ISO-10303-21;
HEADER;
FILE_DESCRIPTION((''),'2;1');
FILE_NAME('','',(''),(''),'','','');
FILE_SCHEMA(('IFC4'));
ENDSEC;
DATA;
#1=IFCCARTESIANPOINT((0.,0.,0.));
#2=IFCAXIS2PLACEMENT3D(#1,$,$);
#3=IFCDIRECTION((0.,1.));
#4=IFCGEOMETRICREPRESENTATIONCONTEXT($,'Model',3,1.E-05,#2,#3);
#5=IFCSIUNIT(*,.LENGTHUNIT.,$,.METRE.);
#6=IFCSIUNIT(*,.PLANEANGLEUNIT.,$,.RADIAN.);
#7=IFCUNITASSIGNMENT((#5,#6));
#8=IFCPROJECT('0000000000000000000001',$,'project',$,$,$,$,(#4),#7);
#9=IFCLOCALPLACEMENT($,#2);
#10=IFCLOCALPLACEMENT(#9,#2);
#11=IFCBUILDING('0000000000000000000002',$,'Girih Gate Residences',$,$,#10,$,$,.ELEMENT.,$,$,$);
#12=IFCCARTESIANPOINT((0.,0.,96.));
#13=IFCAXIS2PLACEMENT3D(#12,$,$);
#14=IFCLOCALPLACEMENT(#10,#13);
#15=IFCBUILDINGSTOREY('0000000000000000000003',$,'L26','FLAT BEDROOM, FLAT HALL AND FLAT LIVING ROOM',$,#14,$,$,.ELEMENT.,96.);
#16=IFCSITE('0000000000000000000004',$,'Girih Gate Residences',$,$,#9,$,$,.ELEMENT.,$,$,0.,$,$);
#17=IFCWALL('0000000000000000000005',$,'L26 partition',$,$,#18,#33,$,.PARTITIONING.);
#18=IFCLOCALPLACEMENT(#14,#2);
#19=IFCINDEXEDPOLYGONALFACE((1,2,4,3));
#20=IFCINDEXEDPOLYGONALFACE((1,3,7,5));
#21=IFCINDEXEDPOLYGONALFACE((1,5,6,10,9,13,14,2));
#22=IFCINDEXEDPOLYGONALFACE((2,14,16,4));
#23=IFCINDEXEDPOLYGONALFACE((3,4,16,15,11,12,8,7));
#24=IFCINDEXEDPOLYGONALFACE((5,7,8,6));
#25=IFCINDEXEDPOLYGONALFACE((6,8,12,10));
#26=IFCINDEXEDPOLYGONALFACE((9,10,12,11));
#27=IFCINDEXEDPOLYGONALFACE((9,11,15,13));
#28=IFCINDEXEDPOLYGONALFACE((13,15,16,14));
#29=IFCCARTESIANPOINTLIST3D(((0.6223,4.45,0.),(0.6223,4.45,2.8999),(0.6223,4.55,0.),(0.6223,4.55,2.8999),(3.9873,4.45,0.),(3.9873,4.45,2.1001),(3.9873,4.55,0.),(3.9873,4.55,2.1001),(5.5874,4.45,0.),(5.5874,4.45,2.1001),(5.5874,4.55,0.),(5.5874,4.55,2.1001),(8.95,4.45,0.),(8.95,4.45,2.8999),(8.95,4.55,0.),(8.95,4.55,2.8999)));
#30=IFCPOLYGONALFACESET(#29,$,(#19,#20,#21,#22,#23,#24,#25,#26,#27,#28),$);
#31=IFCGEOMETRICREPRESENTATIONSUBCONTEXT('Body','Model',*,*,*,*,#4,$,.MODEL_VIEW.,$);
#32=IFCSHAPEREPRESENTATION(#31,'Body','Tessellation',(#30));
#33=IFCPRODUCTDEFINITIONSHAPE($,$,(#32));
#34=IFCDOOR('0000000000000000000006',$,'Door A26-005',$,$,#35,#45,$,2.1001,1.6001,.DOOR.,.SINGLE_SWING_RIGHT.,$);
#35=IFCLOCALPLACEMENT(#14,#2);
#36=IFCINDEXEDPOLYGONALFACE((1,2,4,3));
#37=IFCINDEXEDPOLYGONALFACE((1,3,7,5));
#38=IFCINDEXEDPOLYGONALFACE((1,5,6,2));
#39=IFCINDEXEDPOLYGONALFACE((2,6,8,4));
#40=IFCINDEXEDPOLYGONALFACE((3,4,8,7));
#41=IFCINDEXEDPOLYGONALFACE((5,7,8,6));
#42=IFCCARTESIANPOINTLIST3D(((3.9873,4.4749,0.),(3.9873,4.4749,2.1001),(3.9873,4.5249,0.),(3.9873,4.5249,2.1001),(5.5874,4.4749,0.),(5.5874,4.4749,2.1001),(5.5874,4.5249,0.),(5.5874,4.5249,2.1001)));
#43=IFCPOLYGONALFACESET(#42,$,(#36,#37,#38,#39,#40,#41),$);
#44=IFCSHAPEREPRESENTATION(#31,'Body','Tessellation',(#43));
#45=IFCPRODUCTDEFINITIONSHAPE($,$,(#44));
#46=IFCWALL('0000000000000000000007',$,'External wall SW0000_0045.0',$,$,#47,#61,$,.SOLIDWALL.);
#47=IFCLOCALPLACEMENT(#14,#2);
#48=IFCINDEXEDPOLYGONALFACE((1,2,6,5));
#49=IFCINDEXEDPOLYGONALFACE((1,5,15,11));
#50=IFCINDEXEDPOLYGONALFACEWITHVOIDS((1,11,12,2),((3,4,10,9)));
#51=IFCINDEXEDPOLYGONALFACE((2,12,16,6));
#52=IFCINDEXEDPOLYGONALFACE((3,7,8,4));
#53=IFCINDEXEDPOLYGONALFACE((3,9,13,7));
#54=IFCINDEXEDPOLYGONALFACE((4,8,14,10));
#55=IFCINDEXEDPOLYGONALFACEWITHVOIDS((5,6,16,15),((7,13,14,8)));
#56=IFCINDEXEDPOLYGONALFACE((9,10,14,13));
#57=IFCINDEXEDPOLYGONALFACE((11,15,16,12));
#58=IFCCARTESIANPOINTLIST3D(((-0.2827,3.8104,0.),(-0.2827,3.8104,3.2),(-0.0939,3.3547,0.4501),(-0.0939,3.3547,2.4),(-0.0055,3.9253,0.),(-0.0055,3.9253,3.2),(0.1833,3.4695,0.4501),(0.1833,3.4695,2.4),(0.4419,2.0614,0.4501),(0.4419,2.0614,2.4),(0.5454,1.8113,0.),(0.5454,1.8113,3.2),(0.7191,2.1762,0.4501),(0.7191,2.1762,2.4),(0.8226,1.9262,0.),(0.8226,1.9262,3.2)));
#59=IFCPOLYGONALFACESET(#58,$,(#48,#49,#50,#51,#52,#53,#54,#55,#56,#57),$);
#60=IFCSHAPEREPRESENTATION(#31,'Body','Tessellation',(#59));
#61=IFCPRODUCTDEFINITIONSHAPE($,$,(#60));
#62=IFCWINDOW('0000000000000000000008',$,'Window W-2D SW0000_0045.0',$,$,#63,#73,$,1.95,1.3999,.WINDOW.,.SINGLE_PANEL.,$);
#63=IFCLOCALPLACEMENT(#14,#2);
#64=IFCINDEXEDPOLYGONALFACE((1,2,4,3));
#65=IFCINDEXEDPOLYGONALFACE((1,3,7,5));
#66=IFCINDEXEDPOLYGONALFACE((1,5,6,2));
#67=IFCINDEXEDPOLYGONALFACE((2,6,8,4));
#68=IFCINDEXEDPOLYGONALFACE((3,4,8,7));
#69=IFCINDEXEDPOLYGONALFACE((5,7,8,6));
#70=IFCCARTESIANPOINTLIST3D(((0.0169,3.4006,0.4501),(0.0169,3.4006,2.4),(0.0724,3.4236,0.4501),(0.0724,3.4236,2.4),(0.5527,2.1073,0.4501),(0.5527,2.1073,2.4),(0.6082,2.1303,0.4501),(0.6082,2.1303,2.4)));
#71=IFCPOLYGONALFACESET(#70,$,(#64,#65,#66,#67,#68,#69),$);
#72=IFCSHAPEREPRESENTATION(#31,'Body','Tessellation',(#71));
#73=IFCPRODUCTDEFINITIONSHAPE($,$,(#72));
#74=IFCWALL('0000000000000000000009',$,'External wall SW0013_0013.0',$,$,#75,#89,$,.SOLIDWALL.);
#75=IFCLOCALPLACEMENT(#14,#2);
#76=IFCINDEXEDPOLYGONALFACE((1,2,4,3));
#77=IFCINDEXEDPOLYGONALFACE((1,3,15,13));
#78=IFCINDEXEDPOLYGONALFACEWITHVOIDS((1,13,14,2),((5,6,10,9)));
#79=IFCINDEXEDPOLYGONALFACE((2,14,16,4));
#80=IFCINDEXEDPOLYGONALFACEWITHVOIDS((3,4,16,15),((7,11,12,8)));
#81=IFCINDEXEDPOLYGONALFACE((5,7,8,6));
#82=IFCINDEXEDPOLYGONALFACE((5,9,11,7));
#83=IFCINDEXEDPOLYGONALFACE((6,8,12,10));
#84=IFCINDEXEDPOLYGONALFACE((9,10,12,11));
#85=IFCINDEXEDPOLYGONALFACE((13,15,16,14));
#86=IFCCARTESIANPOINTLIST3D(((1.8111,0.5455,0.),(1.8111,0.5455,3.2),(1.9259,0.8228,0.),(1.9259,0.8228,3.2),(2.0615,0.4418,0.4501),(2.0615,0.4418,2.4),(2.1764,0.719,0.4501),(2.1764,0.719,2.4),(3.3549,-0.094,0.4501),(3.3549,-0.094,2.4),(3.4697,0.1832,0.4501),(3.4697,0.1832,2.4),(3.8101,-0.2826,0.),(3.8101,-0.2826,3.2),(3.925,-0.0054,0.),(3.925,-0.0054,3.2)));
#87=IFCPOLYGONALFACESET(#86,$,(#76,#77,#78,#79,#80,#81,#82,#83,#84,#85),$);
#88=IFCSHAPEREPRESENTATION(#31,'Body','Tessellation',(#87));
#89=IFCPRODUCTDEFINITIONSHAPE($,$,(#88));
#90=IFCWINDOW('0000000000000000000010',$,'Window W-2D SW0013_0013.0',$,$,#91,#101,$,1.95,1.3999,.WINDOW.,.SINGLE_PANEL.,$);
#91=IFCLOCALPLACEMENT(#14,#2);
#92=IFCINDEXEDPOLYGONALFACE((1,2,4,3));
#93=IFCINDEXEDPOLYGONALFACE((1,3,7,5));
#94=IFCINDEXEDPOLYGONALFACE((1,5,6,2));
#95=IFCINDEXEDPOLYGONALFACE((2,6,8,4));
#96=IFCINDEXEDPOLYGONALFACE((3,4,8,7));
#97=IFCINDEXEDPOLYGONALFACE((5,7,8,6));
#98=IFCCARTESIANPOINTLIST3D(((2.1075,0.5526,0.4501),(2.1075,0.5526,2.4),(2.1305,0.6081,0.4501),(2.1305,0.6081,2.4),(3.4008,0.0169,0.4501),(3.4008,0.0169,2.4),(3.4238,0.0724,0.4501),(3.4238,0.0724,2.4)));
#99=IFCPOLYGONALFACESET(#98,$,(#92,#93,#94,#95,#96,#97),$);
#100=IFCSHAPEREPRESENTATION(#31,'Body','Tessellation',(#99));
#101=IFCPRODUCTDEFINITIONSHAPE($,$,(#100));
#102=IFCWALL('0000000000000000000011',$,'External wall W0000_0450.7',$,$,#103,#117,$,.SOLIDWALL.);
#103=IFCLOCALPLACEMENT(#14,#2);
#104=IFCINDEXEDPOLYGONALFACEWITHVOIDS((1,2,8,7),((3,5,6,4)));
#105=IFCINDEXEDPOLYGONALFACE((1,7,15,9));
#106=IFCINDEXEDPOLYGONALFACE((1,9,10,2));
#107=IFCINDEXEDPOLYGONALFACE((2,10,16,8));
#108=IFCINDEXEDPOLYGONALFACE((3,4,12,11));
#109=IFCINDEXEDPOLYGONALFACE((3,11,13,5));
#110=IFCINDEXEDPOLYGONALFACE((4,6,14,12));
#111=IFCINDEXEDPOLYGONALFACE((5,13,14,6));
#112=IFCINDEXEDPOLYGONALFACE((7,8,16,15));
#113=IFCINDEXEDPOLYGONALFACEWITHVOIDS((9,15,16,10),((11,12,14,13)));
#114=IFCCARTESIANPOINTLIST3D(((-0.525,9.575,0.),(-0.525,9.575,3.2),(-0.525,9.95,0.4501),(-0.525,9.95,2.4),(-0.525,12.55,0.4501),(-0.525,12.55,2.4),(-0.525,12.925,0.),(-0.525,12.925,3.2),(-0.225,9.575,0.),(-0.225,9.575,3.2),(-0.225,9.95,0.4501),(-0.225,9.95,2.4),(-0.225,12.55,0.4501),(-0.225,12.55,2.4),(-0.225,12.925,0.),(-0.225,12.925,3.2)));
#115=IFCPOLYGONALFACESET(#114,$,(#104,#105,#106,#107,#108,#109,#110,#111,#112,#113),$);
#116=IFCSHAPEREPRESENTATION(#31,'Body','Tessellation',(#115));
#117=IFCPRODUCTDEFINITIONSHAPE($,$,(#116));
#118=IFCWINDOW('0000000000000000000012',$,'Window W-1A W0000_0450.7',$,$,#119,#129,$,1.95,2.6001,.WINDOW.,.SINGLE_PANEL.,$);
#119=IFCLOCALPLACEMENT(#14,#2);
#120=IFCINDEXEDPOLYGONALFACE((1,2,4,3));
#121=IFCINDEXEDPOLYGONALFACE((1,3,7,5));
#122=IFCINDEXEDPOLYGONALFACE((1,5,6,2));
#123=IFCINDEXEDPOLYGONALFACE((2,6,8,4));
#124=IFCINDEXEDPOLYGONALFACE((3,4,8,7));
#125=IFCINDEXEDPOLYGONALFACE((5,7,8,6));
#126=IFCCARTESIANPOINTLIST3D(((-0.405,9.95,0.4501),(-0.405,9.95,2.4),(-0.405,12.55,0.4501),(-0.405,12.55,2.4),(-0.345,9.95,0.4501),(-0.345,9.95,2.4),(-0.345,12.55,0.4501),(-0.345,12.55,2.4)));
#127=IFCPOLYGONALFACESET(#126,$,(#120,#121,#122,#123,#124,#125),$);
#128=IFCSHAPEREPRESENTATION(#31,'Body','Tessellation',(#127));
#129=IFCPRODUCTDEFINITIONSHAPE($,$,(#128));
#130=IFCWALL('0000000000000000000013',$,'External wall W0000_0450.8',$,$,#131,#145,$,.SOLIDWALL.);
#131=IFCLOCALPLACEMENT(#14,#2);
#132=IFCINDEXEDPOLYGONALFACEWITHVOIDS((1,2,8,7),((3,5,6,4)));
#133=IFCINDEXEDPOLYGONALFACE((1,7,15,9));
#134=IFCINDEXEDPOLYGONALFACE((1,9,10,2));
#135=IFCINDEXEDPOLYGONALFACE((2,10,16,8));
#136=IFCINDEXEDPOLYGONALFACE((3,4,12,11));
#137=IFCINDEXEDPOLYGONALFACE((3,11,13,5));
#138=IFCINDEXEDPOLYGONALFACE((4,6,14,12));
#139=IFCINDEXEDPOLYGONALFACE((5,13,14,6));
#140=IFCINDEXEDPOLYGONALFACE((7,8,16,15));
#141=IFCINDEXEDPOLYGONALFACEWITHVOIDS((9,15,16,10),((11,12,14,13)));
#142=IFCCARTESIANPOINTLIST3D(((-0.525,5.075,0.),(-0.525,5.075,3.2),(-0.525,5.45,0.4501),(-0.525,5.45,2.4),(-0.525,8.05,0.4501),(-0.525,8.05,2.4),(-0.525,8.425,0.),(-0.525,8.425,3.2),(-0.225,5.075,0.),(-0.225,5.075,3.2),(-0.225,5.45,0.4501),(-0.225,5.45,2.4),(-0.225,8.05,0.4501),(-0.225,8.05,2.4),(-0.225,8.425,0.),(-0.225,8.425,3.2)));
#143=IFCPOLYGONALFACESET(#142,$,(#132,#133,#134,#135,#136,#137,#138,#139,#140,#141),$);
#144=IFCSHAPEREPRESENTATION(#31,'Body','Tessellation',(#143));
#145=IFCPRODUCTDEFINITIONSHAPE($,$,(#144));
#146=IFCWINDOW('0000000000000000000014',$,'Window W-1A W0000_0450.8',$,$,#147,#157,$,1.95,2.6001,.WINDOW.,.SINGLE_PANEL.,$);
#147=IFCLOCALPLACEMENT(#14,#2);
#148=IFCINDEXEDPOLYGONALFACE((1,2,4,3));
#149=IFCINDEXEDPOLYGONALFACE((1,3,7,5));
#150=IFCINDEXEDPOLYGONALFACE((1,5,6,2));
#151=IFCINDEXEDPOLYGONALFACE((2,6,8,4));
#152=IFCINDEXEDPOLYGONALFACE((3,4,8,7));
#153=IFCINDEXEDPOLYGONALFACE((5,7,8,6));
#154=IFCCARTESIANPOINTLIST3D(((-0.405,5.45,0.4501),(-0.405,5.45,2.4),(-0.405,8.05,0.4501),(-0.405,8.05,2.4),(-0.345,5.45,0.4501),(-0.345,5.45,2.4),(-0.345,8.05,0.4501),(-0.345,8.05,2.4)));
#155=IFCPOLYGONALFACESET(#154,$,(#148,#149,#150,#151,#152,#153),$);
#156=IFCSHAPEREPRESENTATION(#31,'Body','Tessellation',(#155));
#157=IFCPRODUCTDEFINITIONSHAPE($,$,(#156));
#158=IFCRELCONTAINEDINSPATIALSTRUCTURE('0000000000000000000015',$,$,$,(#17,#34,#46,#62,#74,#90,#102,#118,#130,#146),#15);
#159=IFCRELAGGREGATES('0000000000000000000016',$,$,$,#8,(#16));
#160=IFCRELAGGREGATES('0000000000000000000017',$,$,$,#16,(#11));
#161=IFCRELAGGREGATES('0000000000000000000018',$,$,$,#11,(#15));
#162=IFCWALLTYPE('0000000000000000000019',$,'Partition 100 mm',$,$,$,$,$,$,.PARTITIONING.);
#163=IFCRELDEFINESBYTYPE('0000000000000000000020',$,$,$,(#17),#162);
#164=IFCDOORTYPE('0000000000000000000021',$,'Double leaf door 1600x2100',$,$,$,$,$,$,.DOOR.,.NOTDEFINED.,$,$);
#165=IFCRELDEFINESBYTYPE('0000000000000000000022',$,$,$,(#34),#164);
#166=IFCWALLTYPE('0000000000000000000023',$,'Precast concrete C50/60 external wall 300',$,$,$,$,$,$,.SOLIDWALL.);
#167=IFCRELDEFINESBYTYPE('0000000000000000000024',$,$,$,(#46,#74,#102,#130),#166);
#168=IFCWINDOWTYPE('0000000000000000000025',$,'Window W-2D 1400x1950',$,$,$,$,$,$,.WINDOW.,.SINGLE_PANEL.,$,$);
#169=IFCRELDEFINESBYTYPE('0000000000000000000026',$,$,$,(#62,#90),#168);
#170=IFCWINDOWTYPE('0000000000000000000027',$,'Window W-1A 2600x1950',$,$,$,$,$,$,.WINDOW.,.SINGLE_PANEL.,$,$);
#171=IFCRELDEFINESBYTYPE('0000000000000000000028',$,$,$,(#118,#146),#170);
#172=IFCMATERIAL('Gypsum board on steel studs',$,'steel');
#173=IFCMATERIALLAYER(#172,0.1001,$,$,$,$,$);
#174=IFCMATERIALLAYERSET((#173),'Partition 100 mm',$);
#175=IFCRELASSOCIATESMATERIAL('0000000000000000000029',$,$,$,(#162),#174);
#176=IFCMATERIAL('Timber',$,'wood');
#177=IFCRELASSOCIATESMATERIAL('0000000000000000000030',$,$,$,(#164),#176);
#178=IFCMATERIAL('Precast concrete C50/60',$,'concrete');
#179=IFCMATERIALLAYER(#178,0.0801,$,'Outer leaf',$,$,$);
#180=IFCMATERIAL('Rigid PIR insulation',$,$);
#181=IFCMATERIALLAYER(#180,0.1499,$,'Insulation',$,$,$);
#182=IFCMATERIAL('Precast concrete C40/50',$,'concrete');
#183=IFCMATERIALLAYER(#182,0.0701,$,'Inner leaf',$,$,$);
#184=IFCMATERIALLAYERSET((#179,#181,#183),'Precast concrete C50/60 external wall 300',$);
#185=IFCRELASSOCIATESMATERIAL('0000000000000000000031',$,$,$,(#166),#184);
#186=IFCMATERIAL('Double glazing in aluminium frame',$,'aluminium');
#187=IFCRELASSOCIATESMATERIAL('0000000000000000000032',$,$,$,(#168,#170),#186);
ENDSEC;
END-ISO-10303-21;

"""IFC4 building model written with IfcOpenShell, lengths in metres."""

from ifc_helpers import new_model, si_unit, direction, frame, frame_2d, origin, place, context, subcontext, project, spatial, rectangle, extrude, material, layer, layer_set, type_object, element, fill, save


model = new_model("IFC4")

# Units and contexts
model_context = context("Model", 3, precision=1e-05, world=origin(), true_north=direction((0.0, 1.0)))
body_context = subcontext(model_context, "Body", "Model", "MODEL_VIEW")
ifc_project = project(units=[si_unit("LENGTHUNIT", "METRE"), si_unit("PLANEANGLEUNIT", "RADIAN")], contexts=[model_context])

# Site, building, storey
site_placement = place(None, origin())
site = spatial("IfcSite", under=ifc_project, at=site_placement, Name="Girih Gate Residences", CompositionType="ELEMENT", RefElevation=0.0)
building_placement = place(site_placement, origin())
building = spatial("IfcBuilding", under=site, at=building_placement, Name="Girih Gate Residences", CompositionType="ELEMENT")
storey_placement = place(building_placement, frame((0.0, 0.0, 96.0)))
storey = spatial("IfcBuildingStorey", under=building, at=storey_placement, Name="L26", Description="FLAT BEDROOM, FLAT HALL AND FLAT LIVING ROOM", CompositionType="ELEMENT", Elevation=96.0)

# Wall, opening, door
ifc_material_1 = material(Name="Gypsum board on steel studs", Category="steel")
ifc_layer_1 = layer(ifc_material_1, 0.1001)
ifc_layer_set_1 = layer_set([ifc_layer_1], Name="Partition 100 mm")
wall_type_1 = type_object("IfcWallType", Name="Partition 100 mm", PredefinedType="PARTITIONING", material=ifc_layer_set_1)
wall_1_placement = place(storey_placement, frame((0.6223, 4.5, 0.0), z_axis=(0.0, 0.0, 1.0), x_axis=(1.0, 0.0, 0.0)))
wall_1 = element("IfcWall", 1, at=wall_1_placement, inside=storey, type_object=wall_type_1, Name="L26 partition", PredefinedType="PARTITIONING", context=body_context, shape_type="SweptSolid", body=[
    extrude(rectangle(XDim=8.3276, YDim=0.1001, at=frame_2d((4.1638, 0.0))), origin(), (0.0, 0.0, 1.0), 2.8999),
])
opening_1_placement = place(wall_1_placement, frame((3.365, 0.0, 0.0)))
opening_1 = element("IfcOpeningElement", 2, at=opening_1_placement, cuts=wall_1, PredefinedType="OPENING", context=body_context, shape_type="SweptSolid", body=[
    extrude(rectangle(XDim=1.6001, YDim=2.1001, at=frame_2d((0.8, 1.05))), frame((0.0, 0.0601, 0.0), z_axis=(0.0, -1.0, 0.0), x_axis=(1.0, 0.0, 0.0)), (0.0, 0.0, 1.0), 0.1201),
])
ifc_material_2 = material(Name="Timber", Category="wood")
door_type = type_object("IfcDoorType", Name="Double leaf door 1600x2100", OperationType="NOTDEFINED", PredefinedType="DOOR", material=ifc_material_2)
door_placement = place(opening_1_placement, origin())
door = element("IfcDoor", 3, at=door_placement, inside=storey, type_object=door_type, Name="Door A26-005", OperationType="SINGLE_SWING_RIGHT", OverallHeight=2.1001, OverallWidth=1.6001, PredefinedType="DOOR", context=body_context, shape_type="SweptSolid", body=[
    extrude(rectangle(XDim=1.6001, YDim=2.1001, at=frame_2d((0.8, 1.05))), frame((0.0, 0.0249, 0.0), z_axis=(0.0, -1.0, 0.0), x_axis=(1.0, 0.0, 0.0)), (0.0, 0.0, 1.0), 0.05),
])
fill(opening_1, door)

# Walls, openings, windows
ifc_material_3 = material(Name="Precast concrete C50/60", Category="concrete")
ifc_layer_2 = layer(ifc_material_3, 0.0801, Name="Outer leaf")
ifc_material_4 = material(Name="Rigid PIR insulation")
ifc_layer_3 = layer(ifc_material_4, 0.1499, Name="Insulation")
ifc_material_5 = material(Name="Precast concrete C40/50", Category="concrete")
ifc_layer_4 = layer(ifc_material_5, 0.0701, Name="Inner leaf")
ifc_layer_set_2 = layer_set([ifc_layer_2, ifc_layer_3, ifc_layer_4], Name="Precast concrete C50/60 external wall 300")
wall_type_2 = type_object("IfcWallType", Name="Precast concrete C50/60 external wall 300", PredefinedType="SOLIDWALL", material=ifc_layer_set_2)
wall_2_placement = place(storey_placement, frame((0.6841, 1.8687, 0.0), z_axis=(0.0, 0.0, 1.0), x_axis=(-0.382724, 0.923863, 0.0)))
wall_2 = element("IfcWall", 4, at=wall_2_placement, inside=storey, type_object=wall_type_2, Name="External wall SW0000_0045.0", PredefinedType="SOLIDWALL", context=body_context, shape_type="SweptSolid", body=[
    extrude(rectangle(XDim=2.1638, YDim=0.3, at=frame_2d((1.082, 0.0))), origin(), (0.0, 0.0, 1.0), 3.2),
])
opening_2_placement = place(wall_2_placement, frame((0.2708, 0.0, 0.45)))
opening_2 = element("IfcOpeningElement", 5, at=opening_2_placement, cuts=wall_2, PredefinedType="OPENING", context=body_context, shape_type="SweptSolid", body=[
    extrude(rectangle(XDim=1.3999, YDim=1.95, at=frame_2d((0.7, 0.9751))), frame((0.0, 0.1599, 0.0), z_axis=(0.0, -1.0, 0.0), x_axis=(1.0, 0.0, 0.0)), (0.0, 0.0, 1.0), 0.3201),
])
ifc_material_6 = material(Name="Double glazing in aluminium frame", Category="aluminium")
window_type_1 = type_object("IfcWindowType", Name="Window W-2D 1400x1950", PartitioningType="SINGLE_PANEL", PredefinedType="WINDOW", material=ifc_material_6)
window_1_placement = place(opening_2_placement, origin())
window_1 = element("IfcWindow", 6, at=window_1_placement, inside=storey, type_object=window_type_1, Name="Window W-2D SW0000_0045.0", OverallHeight=1.95, OverallWidth=1.3999, PartitioningType="SINGLE_PANEL", PredefinedType="WINDOW", context=body_context, shape_type="SweptSolid", body=[
    extrude(rectangle(XDim=1.3999, YDim=1.95, at=frame_2d((0.7, 0.9751))), frame((0.0, 0.03, 0.0), z_axis=(0.0, -1.0, 0.0), x_axis=(1.0, 0.0, 0.0)), (0.0, 0.0, 1.0), 0.0601),
])
fill(opening_2, window_1)
wall_3_placement = place(storey_placement, frame((3.8677, -0.144, 0.0), z_axis=(0.0, 0.0, 1.0), x_axis=(-0.923863, 0.382724, 0.0)))
wall_3 = element("IfcWall", 7, at=wall_3_placement, inside=storey, type_object=wall_type_2, Name="External wall SW0013_0013.0", PredefinedType="SOLIDWALL", context=body_context, shape_type="SweptSolid", body=[
    extrude(rectangle(XDim=2.1638, YDim=0.3, at=frame_2d((1.082, 0.0))), origin(), (0.0, 0.0, 1.0), 3.2),
])
opening_3_placement = place(wall_3_placement, frame((0.4929, 0.0, 0.45)))
opening_3 = element("IfcOpeningElement", 8, at=opening_3_placement, cuts=wall_3, PredefinedType="OPENING", context=body_context, shape_type="SweptSolid", body=[
    extrude(rectangle(XDim=1.3999, YDim=1.95, at=frame_2d((0.7, 0.9751))), frame((0.0, 0.1599, 0.0), z_axis=(0.0, -1.0, 0.0), x_axis=(1.0, 0.0, 0.0)), (0.0, 0.0, 1.0), 0.3201),
])
window_2_placement = place(opening_3_placement, origin())
window_2 = element("IfcWindow", 9, at=window_2_placement, inside=storey, type_object=window_type_1, Name="Window W-2D SW0013_0013.0", OverallHeight=1.95, OverallWidth=1.3999, PartitioningType="SINGLE_PANEL", PredefinedType="WINDOW", context=body_context, shape_type="SweptSolid", body=[
    extrude(rectangle(XDim=1.3999, YDim=1.95, at=frame_2d((0.7, 0.9751))), frame((0.0, 0.03, 0.0), z_axis=(0.0, -1.0, 0.0), x_axis=(1.0, 0.0, 0.0)), (0.0, 0.0, 1.0), 0.0601),
])
fill(opening_3, window_2)
wall_4_placement = place(storey_placement, frame((-0.375, 9.575, 0.0), z_axis=(0.0, 0.0, 1.0), x_axis=(0.0, 1.0, 0.0)))
wall_4 = element("IfcWall", 10, at=wall_4_placement, inside=storey, type_object=wall_type_2, Name="External wall W0000_0450.7", PredefinedType="SOLIDWALL", context=body_context, shape_type="SweptSolid", body=[
    extrude(rectangle(XDim=3.3501, YDim=0.3, at=frame_2d((1.675, 0.0))), origin(), (0.0, 0.0, 1.0), 3.2),
])
opening_4_placement = place(wall_4_placement, frame((0.375, 0.0, 0.45)))
opening_4 = element("IfcOpeningElement", 11, at=opening_4_placement, cuts=wall_4, PredefinedType="OPENING", context=body_context, shape_type="SweptSolid", body=[
    extrude(rectangle(XDim=2.6001, YDim=1.95, at=frame_2d((1.3, 0.9751))), frame((0.0, 0.1599, 0.0), z_axis=(0.0, -1.0, 0.0), x_axis=(1.0, 0.0, 0.0)), (0.0, 0.0, 1.0), 0.3201),
])
window_type_2 = type_object("IfcWindowType", Name="Window W-1A 2600x1950", PartitioningType="SINGLE_PANEL", PredefinedType="WINDOW", material=ifc_material_6)
window_3_placement = place(opening_4_placement, origin())
window_3 = element("IfcWindow", 12, at=window_3_placement, inside=storey, type_object=window_type_2, Name="Window W-1A W0000_0450.7", OverallHeight=1.95, OverallWidth=2.6001, PartitioningType="SINGLE_PANEL", PredefinedType="WINDOW", context=body_context, shape_type="SweptSolid", body=[
    extrude(rectangle(XDim=2.6001, YDim=1.95, at=frame_2d((1.3, 0.9751))), frame((0.0, 0.03, 0.0), z_axis=(0.0, -1.0, 0.0), x_axis=(1.0, 0.0, 0.0)), (0.0, 0.0, 1.0), 0.0601),
])
fill(opening_4, window_3)
wall_5_placement = place(storey_placement, frame((-0.375, 5.075, 0.0), z_axis=(0.0, 0.0, 1.0), x_axis=(0.0, 1.0, 0.0)))
wall_5 = element("IfcWall", 13, at=wall_5_placement, inside=storey, type_object=wall_type_2, Name="External wall W0000_0450.8", PredefinedType="SOLIDWALL", context=body_context, shape_type="SweptSolid", body=[
    extrude(rectangle(XDim=3.3501, YDim=0.3, at=frame_2d((1.675, 0.0))), origin(), (0.0, 0.0, 1.0), 3.2),
])
opening_5_placement = place(wall_5_placement, frame((0.375, 0.0, 0.45)))
opening_5 = element("IfcOpeningElement", 14, at=opening_5_placement, cuts=wall_5, PredefinedType="OPENING", context=body_context, shape_type="SweptSolid", body=[
    extrude(rectangle(XDim=2.6001, YDim=1.95, at=frame_2d((1.3, 0.9751))), frame((0.0, 0.1599, 0.0), z_axis=(0.0, -1.0, 0.0), x_axis=(1.0, 0.0, 0.0)), (0.0, 0.0, 1.0), 0.3201),
])
window_4_placement = place(opening_5_placement, origin())
window_4 = element("IfcWindow", 15, at=window_4_placement, inside=storey, type_object=window_type_2, Name="Window W-1A W0000_0450.8", OverallHeight=1.95, OverallWidth=2.6001, PartitioningType="SINGLE_PANEL", PredefinedType="WINDOW", context=body_context, shape_type="SweptSolid", body=[
    extrude(rectangle(XDim=2.6001, YDim=1.95, at=frame_2d((1.3, 0.9751))), frame((0.0, 0.03, 0.0), z_axis=(0.0, -1.0, 0.0), x_axis=(1.0, 0.0, 0.0)), (0.0, 0.0, 1.0), 0.0601),
])
fill(opening_5, window_4)

save(model, "model.ifc")
